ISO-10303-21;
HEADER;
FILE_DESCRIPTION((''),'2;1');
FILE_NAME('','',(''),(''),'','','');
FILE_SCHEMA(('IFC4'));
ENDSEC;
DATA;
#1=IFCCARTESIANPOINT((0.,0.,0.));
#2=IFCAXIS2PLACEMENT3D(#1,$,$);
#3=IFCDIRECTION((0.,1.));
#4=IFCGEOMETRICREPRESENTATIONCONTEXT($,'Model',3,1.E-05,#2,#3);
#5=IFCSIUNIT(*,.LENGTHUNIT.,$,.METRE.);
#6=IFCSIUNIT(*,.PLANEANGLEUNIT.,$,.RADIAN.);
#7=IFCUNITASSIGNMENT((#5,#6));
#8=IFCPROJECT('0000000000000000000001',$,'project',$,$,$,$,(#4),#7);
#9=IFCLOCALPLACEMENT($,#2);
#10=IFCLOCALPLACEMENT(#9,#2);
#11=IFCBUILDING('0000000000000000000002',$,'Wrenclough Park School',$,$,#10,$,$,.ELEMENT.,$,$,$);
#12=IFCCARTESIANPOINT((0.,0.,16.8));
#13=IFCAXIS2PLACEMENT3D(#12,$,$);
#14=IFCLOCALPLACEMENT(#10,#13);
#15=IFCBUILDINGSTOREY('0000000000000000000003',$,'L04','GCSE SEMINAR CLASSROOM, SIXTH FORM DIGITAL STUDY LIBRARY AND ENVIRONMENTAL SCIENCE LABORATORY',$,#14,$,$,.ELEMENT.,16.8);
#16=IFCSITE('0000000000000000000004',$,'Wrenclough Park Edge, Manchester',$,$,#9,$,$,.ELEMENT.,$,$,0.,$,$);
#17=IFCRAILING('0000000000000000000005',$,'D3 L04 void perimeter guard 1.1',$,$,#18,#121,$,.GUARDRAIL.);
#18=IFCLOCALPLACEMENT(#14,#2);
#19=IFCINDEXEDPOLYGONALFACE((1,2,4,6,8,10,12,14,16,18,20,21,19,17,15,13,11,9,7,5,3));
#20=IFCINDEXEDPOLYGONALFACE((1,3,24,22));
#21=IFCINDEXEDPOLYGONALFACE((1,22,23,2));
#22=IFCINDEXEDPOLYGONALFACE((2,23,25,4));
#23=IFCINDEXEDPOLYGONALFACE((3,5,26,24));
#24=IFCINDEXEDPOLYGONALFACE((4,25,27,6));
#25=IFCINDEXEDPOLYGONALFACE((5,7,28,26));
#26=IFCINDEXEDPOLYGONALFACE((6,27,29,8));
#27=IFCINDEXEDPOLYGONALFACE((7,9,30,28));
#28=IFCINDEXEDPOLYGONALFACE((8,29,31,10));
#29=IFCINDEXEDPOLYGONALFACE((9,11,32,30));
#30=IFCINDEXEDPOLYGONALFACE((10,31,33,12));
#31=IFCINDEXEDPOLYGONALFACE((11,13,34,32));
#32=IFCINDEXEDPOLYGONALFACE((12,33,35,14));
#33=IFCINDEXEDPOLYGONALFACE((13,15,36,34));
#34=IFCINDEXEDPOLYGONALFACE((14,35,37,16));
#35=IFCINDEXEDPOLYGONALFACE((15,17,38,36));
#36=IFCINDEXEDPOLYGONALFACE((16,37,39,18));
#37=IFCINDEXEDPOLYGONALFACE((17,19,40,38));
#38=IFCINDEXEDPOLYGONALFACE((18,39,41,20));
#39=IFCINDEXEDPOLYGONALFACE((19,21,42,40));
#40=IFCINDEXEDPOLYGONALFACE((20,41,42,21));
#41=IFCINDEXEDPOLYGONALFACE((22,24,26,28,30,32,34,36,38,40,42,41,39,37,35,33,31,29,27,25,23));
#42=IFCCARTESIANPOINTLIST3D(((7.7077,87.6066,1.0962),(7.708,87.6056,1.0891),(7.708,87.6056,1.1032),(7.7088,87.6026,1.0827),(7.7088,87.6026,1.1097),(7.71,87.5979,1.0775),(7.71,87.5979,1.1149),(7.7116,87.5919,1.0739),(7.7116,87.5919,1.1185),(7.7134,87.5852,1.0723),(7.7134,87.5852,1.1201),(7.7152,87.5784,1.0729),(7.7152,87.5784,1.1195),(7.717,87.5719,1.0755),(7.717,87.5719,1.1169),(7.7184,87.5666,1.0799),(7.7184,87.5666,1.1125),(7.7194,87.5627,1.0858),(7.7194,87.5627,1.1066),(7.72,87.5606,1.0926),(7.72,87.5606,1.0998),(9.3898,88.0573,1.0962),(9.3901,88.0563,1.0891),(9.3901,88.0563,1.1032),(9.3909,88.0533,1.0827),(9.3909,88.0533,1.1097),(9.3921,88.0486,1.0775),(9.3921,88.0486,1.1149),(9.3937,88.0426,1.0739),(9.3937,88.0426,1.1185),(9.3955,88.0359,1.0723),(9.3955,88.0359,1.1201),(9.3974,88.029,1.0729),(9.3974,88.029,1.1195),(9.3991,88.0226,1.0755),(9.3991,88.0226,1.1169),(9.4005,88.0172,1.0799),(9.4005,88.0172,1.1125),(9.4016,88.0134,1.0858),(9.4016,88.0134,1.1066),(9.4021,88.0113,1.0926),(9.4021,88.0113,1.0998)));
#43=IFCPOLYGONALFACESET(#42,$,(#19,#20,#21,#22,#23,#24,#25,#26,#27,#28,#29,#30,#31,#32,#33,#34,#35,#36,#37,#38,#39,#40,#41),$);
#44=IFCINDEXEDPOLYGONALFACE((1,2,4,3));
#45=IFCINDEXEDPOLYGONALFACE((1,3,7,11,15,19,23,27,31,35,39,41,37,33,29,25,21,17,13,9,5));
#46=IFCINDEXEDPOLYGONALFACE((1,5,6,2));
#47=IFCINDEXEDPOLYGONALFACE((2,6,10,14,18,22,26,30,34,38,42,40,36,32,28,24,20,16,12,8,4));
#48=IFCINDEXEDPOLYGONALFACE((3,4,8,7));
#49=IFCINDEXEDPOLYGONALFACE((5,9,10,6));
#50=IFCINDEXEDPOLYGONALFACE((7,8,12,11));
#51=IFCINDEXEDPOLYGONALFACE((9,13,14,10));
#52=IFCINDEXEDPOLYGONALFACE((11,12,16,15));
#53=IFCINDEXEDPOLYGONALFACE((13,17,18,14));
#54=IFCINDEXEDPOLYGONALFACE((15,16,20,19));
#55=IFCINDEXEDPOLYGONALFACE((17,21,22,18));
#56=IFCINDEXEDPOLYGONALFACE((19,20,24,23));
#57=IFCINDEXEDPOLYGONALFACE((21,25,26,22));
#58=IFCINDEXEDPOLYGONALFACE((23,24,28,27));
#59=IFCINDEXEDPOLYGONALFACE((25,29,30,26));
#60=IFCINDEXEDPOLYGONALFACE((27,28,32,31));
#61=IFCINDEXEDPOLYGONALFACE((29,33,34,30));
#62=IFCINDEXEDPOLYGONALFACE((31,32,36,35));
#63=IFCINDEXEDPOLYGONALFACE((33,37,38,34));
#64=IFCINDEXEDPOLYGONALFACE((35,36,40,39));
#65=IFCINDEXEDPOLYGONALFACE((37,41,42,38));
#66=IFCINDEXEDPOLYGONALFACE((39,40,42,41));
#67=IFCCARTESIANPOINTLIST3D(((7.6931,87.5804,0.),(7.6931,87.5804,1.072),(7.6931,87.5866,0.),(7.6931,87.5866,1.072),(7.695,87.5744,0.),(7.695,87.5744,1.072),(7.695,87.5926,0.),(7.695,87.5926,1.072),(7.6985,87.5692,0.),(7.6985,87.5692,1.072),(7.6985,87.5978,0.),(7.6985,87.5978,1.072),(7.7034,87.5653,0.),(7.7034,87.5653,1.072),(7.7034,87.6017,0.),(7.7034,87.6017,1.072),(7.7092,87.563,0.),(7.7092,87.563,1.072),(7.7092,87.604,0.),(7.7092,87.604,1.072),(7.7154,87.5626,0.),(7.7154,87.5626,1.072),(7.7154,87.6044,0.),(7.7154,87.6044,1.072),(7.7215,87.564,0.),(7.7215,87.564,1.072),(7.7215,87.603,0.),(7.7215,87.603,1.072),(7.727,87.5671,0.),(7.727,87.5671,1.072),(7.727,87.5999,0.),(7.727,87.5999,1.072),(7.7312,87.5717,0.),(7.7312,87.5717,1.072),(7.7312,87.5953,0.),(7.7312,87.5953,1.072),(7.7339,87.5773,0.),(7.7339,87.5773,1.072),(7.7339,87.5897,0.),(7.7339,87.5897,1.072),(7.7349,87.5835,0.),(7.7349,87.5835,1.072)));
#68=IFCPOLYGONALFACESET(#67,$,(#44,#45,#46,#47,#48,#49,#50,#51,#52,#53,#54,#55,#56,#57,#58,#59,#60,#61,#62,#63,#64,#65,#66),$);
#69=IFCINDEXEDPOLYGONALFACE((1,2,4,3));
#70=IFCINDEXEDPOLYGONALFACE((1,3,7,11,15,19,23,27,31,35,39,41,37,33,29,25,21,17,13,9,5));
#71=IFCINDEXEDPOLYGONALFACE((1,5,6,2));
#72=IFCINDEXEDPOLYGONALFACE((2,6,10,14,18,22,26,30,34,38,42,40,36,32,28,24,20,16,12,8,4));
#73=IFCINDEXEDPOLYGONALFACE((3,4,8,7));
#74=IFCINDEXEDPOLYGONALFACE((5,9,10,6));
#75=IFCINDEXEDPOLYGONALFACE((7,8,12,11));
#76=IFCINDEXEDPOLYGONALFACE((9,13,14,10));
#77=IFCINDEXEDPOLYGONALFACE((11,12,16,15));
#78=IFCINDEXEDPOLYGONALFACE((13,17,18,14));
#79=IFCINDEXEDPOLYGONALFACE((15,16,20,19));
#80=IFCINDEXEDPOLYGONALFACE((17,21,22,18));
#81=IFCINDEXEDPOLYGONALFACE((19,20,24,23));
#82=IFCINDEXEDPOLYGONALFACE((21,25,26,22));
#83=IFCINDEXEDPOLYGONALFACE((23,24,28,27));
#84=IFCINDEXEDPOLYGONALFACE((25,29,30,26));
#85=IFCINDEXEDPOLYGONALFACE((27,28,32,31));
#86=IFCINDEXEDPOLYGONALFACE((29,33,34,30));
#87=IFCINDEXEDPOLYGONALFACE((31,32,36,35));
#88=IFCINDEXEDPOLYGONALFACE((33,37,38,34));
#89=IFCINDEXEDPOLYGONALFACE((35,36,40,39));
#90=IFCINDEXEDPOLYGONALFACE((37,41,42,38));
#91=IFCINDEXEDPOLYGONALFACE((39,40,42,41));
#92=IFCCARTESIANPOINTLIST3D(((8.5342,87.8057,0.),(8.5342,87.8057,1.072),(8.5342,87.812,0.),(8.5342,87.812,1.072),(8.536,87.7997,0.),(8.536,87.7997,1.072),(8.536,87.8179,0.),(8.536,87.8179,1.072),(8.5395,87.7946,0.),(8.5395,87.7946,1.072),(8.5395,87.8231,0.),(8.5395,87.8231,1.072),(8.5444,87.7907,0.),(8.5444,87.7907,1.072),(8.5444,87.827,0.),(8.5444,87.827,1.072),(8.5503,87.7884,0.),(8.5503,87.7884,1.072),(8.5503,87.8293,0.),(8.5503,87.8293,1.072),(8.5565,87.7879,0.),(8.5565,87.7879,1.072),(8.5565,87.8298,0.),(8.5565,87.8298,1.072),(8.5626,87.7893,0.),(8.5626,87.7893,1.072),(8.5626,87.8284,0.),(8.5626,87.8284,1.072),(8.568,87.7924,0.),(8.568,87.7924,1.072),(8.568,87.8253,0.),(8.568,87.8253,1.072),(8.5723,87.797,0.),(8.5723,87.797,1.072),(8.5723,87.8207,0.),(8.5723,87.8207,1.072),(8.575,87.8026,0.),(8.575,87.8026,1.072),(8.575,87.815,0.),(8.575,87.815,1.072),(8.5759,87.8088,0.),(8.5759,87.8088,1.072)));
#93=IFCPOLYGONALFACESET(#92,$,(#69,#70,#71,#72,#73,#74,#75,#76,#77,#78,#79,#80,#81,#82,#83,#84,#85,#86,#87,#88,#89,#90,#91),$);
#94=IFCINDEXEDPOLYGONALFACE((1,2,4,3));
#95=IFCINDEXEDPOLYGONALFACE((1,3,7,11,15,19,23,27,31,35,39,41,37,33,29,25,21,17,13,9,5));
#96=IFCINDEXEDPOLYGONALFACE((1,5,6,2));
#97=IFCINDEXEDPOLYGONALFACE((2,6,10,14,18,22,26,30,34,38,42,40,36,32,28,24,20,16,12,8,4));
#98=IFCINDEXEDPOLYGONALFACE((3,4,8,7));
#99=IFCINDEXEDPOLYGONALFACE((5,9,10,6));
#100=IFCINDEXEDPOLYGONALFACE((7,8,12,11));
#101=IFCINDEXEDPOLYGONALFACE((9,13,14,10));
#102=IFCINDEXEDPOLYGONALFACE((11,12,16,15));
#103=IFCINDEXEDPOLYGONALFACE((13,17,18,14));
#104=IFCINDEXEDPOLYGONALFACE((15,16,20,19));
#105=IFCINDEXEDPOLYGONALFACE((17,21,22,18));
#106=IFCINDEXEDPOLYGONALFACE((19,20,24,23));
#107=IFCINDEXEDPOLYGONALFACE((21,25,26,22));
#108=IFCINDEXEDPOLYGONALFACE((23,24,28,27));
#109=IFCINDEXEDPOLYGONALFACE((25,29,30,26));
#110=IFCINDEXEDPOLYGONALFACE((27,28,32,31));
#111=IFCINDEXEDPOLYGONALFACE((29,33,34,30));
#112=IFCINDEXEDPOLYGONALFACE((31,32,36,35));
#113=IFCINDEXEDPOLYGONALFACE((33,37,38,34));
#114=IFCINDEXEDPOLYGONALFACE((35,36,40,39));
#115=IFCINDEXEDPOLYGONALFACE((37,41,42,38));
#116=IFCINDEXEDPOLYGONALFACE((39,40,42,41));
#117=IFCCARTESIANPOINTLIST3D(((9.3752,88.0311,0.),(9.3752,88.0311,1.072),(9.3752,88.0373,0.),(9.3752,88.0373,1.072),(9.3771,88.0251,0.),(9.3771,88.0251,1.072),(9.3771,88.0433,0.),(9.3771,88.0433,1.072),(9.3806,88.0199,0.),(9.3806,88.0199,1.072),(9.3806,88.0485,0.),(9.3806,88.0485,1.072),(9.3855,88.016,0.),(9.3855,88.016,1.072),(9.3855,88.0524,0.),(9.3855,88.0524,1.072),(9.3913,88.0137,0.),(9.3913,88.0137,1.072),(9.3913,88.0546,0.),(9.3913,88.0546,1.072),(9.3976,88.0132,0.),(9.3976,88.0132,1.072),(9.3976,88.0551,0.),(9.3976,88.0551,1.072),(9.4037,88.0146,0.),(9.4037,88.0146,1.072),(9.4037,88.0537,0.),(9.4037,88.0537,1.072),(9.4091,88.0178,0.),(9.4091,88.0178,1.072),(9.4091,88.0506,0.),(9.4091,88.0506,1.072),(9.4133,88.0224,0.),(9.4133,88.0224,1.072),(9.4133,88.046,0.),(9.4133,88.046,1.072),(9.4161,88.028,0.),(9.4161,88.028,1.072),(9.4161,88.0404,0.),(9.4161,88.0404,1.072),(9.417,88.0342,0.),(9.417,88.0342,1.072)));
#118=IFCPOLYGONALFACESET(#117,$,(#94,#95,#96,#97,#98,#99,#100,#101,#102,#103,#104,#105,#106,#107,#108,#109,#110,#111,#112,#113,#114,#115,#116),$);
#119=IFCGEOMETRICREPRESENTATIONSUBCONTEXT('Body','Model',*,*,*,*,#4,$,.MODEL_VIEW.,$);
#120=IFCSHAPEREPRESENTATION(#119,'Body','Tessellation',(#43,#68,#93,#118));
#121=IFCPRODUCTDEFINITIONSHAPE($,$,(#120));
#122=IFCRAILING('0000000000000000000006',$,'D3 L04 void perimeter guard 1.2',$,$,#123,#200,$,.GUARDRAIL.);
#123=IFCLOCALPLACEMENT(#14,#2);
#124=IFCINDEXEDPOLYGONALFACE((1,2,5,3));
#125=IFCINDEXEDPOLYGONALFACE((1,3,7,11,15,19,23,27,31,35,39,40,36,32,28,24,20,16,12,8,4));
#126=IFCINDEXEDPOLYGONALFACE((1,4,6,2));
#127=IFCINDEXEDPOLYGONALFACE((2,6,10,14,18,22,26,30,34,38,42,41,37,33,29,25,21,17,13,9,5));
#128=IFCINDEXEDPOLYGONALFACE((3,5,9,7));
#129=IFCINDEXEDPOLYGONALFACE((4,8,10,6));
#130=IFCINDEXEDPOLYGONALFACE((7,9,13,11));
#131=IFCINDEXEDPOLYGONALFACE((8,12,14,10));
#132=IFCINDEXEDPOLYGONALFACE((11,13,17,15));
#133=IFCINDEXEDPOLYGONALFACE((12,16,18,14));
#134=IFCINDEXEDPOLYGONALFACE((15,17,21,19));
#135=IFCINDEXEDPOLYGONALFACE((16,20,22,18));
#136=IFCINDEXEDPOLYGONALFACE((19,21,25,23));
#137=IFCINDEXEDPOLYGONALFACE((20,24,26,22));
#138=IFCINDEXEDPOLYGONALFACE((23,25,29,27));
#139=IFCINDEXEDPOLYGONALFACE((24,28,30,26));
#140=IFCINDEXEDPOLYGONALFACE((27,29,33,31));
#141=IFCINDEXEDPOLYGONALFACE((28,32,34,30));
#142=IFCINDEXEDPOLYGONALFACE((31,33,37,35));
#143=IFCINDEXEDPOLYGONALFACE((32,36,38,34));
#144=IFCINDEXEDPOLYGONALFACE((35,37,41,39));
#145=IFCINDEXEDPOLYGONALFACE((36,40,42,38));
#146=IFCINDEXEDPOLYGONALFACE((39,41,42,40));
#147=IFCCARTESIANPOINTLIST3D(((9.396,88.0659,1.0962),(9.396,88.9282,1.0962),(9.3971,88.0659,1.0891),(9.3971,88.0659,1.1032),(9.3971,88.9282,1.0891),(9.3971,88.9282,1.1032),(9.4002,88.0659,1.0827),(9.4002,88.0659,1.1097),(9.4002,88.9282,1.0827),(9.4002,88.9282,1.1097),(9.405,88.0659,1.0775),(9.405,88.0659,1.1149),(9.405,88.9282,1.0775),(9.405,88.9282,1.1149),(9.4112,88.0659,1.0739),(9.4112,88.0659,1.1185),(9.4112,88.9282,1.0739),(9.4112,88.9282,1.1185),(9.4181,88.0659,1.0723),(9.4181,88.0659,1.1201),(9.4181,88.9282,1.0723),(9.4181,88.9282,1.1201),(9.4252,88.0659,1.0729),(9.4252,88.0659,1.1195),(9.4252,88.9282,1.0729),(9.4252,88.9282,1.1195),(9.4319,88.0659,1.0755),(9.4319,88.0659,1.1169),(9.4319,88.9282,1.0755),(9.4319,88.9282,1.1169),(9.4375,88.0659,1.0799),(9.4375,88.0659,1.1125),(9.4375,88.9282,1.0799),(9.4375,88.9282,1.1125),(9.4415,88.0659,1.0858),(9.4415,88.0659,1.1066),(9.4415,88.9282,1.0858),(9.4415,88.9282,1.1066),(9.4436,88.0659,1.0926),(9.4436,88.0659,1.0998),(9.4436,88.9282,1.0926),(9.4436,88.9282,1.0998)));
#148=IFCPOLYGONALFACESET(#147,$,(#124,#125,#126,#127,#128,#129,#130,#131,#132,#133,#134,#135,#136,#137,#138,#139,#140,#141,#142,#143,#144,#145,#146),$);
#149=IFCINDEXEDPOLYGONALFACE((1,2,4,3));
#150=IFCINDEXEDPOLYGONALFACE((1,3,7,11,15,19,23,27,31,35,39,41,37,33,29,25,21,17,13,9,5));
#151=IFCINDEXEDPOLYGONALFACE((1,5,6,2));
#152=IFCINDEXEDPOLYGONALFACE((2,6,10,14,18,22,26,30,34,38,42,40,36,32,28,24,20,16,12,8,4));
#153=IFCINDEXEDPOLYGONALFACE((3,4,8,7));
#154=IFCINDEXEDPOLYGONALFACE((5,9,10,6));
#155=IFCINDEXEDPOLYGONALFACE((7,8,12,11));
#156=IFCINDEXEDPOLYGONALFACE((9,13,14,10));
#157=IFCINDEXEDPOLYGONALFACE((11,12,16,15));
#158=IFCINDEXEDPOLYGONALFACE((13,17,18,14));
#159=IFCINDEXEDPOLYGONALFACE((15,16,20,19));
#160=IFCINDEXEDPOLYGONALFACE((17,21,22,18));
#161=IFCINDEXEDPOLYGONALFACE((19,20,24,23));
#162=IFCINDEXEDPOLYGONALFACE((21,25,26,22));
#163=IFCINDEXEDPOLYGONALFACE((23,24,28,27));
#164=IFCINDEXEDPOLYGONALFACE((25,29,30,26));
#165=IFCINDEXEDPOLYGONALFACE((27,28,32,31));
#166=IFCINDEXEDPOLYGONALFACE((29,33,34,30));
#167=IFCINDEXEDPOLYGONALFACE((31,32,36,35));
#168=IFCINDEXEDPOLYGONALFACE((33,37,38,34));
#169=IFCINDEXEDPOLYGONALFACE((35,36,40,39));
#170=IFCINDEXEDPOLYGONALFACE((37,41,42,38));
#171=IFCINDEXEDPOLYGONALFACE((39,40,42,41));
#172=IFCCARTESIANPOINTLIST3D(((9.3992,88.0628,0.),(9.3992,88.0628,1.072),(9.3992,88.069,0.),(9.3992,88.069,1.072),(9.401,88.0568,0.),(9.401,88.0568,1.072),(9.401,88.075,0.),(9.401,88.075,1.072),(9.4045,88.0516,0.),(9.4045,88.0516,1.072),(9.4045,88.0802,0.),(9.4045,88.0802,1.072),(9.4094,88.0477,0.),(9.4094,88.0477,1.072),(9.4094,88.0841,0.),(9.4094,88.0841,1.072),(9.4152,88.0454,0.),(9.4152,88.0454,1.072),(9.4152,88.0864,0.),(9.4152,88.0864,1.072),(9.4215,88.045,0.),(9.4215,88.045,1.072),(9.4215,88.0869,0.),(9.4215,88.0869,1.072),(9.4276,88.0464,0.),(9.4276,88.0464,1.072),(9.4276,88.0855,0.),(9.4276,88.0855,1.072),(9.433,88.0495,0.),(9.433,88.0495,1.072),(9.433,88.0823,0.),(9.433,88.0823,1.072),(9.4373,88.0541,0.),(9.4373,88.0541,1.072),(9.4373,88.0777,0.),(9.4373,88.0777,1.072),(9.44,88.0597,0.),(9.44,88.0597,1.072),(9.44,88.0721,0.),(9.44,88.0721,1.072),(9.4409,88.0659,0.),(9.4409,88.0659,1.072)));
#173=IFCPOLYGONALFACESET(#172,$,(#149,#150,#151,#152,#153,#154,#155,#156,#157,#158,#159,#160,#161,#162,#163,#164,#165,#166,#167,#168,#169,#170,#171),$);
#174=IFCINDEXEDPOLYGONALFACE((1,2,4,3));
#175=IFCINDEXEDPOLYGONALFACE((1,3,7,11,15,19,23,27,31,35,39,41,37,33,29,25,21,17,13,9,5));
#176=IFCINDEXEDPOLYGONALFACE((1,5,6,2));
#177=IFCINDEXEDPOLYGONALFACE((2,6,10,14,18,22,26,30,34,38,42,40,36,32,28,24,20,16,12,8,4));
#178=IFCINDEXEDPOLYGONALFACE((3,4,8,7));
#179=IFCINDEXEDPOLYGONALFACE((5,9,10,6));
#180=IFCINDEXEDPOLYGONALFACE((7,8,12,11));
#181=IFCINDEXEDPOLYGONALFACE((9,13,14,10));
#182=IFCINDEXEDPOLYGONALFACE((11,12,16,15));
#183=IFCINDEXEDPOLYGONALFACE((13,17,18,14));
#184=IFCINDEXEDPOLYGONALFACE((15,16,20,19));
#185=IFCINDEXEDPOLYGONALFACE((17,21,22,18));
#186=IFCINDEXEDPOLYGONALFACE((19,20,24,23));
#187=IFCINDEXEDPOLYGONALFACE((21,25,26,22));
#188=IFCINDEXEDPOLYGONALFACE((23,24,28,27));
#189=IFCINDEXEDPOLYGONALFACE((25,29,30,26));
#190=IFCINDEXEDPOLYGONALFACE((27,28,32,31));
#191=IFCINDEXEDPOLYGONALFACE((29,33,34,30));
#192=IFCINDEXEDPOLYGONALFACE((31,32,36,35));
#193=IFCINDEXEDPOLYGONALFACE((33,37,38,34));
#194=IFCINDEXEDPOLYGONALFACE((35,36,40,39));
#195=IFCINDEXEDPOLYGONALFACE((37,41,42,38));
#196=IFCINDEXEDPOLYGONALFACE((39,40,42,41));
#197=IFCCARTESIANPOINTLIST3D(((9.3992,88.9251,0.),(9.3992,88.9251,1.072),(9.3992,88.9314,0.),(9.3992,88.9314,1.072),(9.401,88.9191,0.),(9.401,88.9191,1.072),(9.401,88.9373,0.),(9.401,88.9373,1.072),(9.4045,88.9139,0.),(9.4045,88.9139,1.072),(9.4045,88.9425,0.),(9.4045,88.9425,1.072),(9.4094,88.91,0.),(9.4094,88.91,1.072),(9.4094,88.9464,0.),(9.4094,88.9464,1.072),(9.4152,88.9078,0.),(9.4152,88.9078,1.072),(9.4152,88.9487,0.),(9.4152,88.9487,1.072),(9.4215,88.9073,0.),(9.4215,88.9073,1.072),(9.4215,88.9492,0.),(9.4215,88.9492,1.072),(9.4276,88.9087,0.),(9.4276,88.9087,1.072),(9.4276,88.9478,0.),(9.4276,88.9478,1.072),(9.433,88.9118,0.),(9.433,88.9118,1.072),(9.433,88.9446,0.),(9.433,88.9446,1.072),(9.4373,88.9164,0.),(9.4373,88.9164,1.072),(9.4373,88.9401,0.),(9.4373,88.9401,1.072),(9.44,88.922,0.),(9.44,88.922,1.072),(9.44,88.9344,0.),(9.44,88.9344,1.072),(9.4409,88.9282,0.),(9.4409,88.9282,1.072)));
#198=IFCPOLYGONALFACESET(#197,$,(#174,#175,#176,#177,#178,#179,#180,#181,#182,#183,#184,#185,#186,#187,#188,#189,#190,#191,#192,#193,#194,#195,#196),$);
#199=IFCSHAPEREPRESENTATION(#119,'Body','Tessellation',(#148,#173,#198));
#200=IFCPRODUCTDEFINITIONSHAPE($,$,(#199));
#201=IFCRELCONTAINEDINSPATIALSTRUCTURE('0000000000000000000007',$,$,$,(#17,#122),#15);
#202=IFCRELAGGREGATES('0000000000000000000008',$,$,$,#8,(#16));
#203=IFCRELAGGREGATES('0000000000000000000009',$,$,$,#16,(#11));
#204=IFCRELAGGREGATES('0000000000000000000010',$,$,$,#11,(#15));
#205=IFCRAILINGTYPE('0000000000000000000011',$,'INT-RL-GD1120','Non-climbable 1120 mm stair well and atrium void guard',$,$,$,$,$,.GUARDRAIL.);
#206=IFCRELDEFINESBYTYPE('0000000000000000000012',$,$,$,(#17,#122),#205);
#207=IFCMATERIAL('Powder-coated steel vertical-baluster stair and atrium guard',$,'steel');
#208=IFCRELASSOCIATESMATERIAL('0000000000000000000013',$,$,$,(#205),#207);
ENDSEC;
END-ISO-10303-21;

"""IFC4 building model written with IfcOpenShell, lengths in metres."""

from ifc_helpers import new_model, si_unit, direction, frame, origin, origin_2d, place, context, subcontext, project, spatial, circle, extrude, material, type_object, element, save


model = new_model("IFC4")

# Units and contexts
model_context = context("Model", 3, precision=1e-05, world=origin(), true_north=direction((0.0, 1.0)))
body_context = subcontext(model_context, "Body", "Model", "MODEL_VIEW")
ifc_project = project(units=[si_unit("LENGTHUNIT", "METRE"), si_unit("PLANEANGLEUNIT", "RADIAN")], contexts=[model_context])

# Site, building, storey
site_placement = place(None, origin())
site = spatial("IfcSite", under=ifc_project, at=site_placement, Name="Wrenclough Park Edge, Manchester", CompositionType="ELEMENT", RefElevation=0.0)
building_placement = place(site_placement, origin())
building = spatial("IfcBuilding", under=site, at=building_placement, Name="Wrenclough Park School", CompositionType="ELEMENT")
storey_placement = place(building_placement, frame((0.0, 0.0, 16.8)))
storey = spatial("IfcBuildingStorey", under=building, at=storey_placement, Name="L04", Description="GCSE SEMINAR CLASSROOM, SIXTH FORM DIGITAL STUDY LIBRARY AND ENVIRONMENTAL SCIENCE LABORATORY", CompositionType="ELEMENT", Elevation=16.8)

# Railings
ifc_material_1 = material(Name="Powder-coated steel vertical-baluster stair and atrium guard", Category="steel")
railing_type = type_object("IfcRailingType", Name="INT-RL-GD1120", Description="Non-climbable 1120 mm stair well and atrium void guard", PredefinedType="GUARDRAIL", material=ifc_material_1)
railing_1_placement = place(storey_placement, frame((7.7139, 87.5835, 0.0)))
element("IfcRailing", 1, at=railing_1_placement, inside=storey, type_object=railing_type, Name="D3 L04 void perimeter guard 1.1", PredefinedType="GUARDRAIL", context=body_context, shape_type="SweptSolid", body=[
    extrude(circle(Radius=0.0239, at=origin_2d()), frame((0.0, 0.0, 1.0962), z_axis=(0.965932, 0.258797, 0.0), x_axis=(-0.258797, 0.965932, 0.0)), (0.0, 0.0, 1.0), 1.7415),
    extrude(circle(Radius=0.021, at=origin_2d()), origin(), (0.0, 0.0, 1.0), 1.072),
    extrude(circle(Radius=0.021, at=origin_2d()), frame((0.8411, 0.2253, 0.0)), (0.0, 0.0, 1.0), 1.072),
    extrude(circle(Radius=0.021, at=origin_2d()), frame((1.6821, 0.4507, 0.0)), (0.0, 0.0, 1.0), 1.072),
])
railing_2_placement = place(storey_placement, frame((9.4199, 88.0659, 0.0)))
element("IfcRailing", 2, at=railing_2_placement, inside=storey, type_object=railing_type, Name="D3 L04 void perimeter guard 1.2", PredefinedType="GUARDRAIL", context=body_context, shape_type="SweptSolid", body=[
    extrude(circle(Radius=0.0239, at=origin_2d()), frame((0.0, 0.0, 1.0962), z_axis=(0.0, 1.0, 0.0), x_axis=(-1.0, 0.0, 0.0)), (0.0, 0.0, 1.0), 0.8623),
    extrude(circle(Radius=0.021, at=origin_2d()), origin(), (0.0, 0.0, 1.0), 1.072),
    extrude(circle(Radius=0.021, at=origin_2d()), frame((0.0, 0.8623, 0.0)), (0.0, 0.0, 1.0), 1.072),
])

save(model, "model.ifc")
